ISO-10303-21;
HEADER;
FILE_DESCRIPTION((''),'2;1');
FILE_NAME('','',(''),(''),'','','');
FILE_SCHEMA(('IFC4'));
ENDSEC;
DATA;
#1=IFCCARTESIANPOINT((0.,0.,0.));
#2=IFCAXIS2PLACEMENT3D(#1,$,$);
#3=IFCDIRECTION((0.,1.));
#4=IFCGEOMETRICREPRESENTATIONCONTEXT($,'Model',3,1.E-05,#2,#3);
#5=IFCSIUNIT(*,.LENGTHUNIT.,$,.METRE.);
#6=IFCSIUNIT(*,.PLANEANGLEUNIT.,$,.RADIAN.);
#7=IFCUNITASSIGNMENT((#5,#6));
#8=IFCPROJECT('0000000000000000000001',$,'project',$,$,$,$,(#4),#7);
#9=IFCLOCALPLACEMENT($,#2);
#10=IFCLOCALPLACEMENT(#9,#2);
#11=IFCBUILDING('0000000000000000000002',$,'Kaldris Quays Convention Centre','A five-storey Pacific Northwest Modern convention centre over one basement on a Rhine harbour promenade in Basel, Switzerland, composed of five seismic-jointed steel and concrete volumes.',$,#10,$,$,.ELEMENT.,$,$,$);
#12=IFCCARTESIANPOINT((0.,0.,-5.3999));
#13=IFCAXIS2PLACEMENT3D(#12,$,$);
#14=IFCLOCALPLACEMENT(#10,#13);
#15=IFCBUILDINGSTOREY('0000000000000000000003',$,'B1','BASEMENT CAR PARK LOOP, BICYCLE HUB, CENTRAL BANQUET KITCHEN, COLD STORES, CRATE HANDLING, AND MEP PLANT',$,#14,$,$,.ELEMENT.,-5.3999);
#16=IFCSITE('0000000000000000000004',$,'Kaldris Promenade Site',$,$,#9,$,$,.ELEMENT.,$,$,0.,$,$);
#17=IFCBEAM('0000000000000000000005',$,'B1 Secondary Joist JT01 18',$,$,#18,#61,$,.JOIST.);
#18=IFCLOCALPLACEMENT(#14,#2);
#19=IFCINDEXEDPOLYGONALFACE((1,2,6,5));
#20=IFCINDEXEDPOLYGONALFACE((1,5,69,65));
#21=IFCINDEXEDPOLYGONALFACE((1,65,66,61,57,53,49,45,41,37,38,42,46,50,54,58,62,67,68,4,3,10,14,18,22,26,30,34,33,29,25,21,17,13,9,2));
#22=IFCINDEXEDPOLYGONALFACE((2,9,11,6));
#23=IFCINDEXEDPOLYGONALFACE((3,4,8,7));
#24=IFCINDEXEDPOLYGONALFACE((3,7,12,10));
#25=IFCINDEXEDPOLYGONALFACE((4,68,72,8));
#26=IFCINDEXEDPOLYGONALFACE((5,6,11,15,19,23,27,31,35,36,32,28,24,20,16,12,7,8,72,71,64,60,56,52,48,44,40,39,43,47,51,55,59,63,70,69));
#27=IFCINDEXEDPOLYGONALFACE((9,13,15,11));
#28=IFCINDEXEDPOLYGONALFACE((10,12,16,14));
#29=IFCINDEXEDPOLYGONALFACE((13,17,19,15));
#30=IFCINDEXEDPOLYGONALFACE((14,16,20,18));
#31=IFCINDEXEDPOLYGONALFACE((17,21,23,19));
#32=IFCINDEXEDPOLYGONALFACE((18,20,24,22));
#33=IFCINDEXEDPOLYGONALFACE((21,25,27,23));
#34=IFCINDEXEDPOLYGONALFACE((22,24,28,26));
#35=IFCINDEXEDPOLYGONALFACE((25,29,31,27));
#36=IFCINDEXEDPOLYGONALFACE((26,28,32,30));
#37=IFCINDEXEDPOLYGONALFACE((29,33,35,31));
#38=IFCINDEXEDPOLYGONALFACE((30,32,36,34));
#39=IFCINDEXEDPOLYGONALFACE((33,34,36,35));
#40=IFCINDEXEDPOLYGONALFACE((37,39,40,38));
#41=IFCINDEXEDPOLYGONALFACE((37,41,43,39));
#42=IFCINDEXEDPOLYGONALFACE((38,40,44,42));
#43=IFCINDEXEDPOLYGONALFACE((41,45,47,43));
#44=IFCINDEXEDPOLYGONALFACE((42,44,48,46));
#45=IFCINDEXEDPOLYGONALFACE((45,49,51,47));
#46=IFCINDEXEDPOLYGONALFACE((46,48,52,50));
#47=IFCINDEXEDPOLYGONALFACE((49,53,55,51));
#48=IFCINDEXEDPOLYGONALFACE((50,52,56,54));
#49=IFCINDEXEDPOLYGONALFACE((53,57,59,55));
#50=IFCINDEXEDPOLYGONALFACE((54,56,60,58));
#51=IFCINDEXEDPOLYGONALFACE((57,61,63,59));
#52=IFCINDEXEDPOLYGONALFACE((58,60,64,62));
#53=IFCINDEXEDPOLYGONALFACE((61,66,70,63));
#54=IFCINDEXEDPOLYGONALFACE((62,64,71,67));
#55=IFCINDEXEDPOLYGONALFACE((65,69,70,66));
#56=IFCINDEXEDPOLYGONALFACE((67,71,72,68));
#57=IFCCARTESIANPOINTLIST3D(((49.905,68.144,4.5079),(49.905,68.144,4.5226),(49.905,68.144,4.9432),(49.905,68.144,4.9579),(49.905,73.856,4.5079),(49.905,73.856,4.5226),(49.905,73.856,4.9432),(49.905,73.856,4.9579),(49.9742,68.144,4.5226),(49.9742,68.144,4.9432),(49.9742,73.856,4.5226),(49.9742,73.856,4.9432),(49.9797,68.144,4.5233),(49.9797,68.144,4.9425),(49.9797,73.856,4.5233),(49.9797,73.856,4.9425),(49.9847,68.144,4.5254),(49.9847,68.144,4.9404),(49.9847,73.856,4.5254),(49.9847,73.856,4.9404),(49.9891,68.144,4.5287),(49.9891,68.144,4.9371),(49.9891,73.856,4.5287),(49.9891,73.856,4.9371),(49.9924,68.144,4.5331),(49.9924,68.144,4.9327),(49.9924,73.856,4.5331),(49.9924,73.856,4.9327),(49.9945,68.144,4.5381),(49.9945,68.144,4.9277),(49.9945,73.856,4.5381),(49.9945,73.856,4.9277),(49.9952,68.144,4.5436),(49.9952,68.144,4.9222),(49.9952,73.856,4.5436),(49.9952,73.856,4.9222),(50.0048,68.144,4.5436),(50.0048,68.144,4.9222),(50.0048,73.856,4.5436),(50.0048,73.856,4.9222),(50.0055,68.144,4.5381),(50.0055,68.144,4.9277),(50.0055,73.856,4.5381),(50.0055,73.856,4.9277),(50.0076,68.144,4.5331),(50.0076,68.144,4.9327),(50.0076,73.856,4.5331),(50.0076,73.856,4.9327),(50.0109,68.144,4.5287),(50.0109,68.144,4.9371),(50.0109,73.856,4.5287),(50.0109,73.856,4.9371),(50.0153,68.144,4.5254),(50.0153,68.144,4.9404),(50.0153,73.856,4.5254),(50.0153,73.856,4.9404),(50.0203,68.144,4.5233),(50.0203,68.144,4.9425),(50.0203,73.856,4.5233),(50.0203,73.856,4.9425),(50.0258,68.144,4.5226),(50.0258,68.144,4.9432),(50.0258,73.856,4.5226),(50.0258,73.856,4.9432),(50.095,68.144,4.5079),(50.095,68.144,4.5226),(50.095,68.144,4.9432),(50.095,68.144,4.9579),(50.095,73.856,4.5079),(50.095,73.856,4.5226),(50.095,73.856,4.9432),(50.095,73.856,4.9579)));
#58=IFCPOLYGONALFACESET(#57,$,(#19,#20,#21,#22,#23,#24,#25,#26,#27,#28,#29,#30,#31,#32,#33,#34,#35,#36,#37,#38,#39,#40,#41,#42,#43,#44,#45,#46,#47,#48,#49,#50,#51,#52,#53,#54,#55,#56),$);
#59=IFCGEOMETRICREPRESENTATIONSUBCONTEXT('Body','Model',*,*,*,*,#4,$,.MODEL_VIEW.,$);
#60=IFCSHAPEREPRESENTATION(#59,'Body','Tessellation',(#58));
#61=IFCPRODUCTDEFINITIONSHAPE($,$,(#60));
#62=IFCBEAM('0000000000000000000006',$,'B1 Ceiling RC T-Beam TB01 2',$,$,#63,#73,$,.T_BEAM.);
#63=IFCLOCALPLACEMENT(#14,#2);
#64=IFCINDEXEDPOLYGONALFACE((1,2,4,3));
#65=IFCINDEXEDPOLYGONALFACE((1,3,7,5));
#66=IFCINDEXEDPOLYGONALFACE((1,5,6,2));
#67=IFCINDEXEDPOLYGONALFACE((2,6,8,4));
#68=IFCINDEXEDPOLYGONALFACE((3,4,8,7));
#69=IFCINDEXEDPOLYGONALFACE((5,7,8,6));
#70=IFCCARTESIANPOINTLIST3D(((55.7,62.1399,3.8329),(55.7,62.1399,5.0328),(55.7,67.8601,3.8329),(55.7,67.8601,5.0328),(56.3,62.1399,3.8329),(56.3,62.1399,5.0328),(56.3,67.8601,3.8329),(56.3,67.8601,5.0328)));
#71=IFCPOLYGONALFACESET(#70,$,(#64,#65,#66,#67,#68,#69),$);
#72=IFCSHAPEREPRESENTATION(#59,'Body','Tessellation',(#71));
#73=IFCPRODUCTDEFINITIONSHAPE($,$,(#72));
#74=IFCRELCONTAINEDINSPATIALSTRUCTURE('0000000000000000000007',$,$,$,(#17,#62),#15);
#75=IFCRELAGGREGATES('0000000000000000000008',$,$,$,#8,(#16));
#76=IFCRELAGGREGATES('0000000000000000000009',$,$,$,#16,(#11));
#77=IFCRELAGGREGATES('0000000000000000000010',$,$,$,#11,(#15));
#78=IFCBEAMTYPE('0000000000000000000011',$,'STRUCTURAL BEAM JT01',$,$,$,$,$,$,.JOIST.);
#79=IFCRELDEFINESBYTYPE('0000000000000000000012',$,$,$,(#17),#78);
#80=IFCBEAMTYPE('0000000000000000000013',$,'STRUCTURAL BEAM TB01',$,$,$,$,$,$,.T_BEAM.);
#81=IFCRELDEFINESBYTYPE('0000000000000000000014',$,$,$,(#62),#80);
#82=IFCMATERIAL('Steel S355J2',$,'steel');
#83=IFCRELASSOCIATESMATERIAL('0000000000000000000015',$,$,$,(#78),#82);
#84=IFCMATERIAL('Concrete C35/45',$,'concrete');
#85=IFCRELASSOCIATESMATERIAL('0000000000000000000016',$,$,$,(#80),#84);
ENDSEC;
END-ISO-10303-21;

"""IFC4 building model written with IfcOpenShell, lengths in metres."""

from ifc_helpers import new_model, si_unit, direction, frame, origin, origin_2d, place, context, subcontext, project, spatial, rectangle, i_section, extrude, material, material_profile, profile_set, type_object, element, save


model = new_model("IFC4")

# Units and contexts
model_context = context("Model", 3, precision=1e-05, world=origin(), true_north=direction((0.0, 1.0)))
body_context = subcontext(model_context, "Body", "Model", "MODEL_VIEW")
ifc_project = project(units=[si_unit("LENGTHUNIT", "METRE"), si_unit("PLANEANGLEUNIT", "RADIAN")], contexts=[model_context])

# Site, building, storey
site_placement = place(None, origin())
site = spatial("IfcSite", under=ifc_project, at=site_placement, Name="Kaldris Promenade Site", CompositionType="ELEMENT", RefElevation=0.0)
building_placement = place(site_placement, origin())
building = spatial("IfcBuilding", under=site, at=building_placement, Name="Kaldris Quays Convention Centre", Description="A five-storey Pacific Northwest Modern convention centre over one basement on a Rhine harbour promenade in Basel, Switzerland, composed of five seismic-jointed steel and concrete volumes.", CompositionType="ELEMENT")
storey_placement = place(building_placement, frame((0.0, 0.0, -5.3999)))
storey = spatial("IfcBuildingStorey", under=building, at=storey_placement, Name="B1", Description="BASEMENT CAR PARK LOOP, BICYCLE HUB, CENTRAL BANQUET KITCHEN, COLD STORES, CRATE HANDLING, AND MEP PLANT", CompositionType="ELEMENT", Elevation=-5.3999)

# Shared definitions
ifc_material_1 = material(Name="Concrete C35/45", Category="concrete")

# Shared definitions
ifc_material_2 = material(Name="Steel S355J2", Category="steel")

# Beams
ifc_material_profile_1 = material_profile(ifc_material_2, i_section(OverallWidth=0.1899, OverallDepth=0.45, WebThickness=0.0095, FlangeThickness=0.0146, FilletRadius=0.021, at=origin_2d()), Name="IPE 450")
ifc_profile_set_1 = profile_set([ifc_material_profile_1], Name="Steel S355J2")
beam_type_1 = type_object("IfcBeamType", Name="STRUCTURAL BEAM JT01", PredefinedType="JOIST", material=ifc_profile_set_1)
beam_1_placement = place(storey_placement, frame((50.0, 68.144, 4.7329), z_axis=(0.0, 1.0, 0.0), x_axis=(-1.0, 0.0, 0.0)))
element("IfcBeam", 1, at=beam_1_placement, inside=storey, type_object=beam_type_1, Name="B1 Secondary Joist JT01 18", PredefinedType="JOIST", context=body_context, shape_type="SweptSolid", body=[
    extrude(i_section(OverallWidth=0.1899, OverallDepth=0.45, WebThickness=0.0095, FlangeThickness=0.0146, FilletRadius=0.021, at=origin_2d()), origin(), (0.0, 0.0, 1.0), 5.7119),
])
ifc_material_profile_2 = material_profile(ifc_material_1, rectangle(XDim=0.6001, YDim=1.2, at=origin_2d()), Name="RC 600x1200")
ifc_profile_set_2 = profile_set([ifc_material_profile_2], Name="Concrete C35/45")
beam_type_2 = type_object("IfcBeamType", Name="STRUCTURAL BEAM TB01", PredefinedType="T_BEAM", material=ifc_profile_set_2)
beam_2_placement = place(storey_placement, frame((56.0, 62.1399, 4.4329), z_axis=(0.0, 1.0, 0.0), x_axis=(-1.0, 0.0, 0.0)))
element("IfcBeam", 2, at=beam_2_placement, inside=storey, type_object=beam_type_2, Name="B1 Ceiling RC T-Beam TB01 2", PredefinedType="T_BEAM", context=body_context, shape_type="SweptSolid", body=[
    extrude(rectangle(XDim=0.6001, YDim=1.2, at=origin_2d()), origin(), (0.0, 0.0, 1.0), 5.7202),
])

save(model, "model.ifc")
